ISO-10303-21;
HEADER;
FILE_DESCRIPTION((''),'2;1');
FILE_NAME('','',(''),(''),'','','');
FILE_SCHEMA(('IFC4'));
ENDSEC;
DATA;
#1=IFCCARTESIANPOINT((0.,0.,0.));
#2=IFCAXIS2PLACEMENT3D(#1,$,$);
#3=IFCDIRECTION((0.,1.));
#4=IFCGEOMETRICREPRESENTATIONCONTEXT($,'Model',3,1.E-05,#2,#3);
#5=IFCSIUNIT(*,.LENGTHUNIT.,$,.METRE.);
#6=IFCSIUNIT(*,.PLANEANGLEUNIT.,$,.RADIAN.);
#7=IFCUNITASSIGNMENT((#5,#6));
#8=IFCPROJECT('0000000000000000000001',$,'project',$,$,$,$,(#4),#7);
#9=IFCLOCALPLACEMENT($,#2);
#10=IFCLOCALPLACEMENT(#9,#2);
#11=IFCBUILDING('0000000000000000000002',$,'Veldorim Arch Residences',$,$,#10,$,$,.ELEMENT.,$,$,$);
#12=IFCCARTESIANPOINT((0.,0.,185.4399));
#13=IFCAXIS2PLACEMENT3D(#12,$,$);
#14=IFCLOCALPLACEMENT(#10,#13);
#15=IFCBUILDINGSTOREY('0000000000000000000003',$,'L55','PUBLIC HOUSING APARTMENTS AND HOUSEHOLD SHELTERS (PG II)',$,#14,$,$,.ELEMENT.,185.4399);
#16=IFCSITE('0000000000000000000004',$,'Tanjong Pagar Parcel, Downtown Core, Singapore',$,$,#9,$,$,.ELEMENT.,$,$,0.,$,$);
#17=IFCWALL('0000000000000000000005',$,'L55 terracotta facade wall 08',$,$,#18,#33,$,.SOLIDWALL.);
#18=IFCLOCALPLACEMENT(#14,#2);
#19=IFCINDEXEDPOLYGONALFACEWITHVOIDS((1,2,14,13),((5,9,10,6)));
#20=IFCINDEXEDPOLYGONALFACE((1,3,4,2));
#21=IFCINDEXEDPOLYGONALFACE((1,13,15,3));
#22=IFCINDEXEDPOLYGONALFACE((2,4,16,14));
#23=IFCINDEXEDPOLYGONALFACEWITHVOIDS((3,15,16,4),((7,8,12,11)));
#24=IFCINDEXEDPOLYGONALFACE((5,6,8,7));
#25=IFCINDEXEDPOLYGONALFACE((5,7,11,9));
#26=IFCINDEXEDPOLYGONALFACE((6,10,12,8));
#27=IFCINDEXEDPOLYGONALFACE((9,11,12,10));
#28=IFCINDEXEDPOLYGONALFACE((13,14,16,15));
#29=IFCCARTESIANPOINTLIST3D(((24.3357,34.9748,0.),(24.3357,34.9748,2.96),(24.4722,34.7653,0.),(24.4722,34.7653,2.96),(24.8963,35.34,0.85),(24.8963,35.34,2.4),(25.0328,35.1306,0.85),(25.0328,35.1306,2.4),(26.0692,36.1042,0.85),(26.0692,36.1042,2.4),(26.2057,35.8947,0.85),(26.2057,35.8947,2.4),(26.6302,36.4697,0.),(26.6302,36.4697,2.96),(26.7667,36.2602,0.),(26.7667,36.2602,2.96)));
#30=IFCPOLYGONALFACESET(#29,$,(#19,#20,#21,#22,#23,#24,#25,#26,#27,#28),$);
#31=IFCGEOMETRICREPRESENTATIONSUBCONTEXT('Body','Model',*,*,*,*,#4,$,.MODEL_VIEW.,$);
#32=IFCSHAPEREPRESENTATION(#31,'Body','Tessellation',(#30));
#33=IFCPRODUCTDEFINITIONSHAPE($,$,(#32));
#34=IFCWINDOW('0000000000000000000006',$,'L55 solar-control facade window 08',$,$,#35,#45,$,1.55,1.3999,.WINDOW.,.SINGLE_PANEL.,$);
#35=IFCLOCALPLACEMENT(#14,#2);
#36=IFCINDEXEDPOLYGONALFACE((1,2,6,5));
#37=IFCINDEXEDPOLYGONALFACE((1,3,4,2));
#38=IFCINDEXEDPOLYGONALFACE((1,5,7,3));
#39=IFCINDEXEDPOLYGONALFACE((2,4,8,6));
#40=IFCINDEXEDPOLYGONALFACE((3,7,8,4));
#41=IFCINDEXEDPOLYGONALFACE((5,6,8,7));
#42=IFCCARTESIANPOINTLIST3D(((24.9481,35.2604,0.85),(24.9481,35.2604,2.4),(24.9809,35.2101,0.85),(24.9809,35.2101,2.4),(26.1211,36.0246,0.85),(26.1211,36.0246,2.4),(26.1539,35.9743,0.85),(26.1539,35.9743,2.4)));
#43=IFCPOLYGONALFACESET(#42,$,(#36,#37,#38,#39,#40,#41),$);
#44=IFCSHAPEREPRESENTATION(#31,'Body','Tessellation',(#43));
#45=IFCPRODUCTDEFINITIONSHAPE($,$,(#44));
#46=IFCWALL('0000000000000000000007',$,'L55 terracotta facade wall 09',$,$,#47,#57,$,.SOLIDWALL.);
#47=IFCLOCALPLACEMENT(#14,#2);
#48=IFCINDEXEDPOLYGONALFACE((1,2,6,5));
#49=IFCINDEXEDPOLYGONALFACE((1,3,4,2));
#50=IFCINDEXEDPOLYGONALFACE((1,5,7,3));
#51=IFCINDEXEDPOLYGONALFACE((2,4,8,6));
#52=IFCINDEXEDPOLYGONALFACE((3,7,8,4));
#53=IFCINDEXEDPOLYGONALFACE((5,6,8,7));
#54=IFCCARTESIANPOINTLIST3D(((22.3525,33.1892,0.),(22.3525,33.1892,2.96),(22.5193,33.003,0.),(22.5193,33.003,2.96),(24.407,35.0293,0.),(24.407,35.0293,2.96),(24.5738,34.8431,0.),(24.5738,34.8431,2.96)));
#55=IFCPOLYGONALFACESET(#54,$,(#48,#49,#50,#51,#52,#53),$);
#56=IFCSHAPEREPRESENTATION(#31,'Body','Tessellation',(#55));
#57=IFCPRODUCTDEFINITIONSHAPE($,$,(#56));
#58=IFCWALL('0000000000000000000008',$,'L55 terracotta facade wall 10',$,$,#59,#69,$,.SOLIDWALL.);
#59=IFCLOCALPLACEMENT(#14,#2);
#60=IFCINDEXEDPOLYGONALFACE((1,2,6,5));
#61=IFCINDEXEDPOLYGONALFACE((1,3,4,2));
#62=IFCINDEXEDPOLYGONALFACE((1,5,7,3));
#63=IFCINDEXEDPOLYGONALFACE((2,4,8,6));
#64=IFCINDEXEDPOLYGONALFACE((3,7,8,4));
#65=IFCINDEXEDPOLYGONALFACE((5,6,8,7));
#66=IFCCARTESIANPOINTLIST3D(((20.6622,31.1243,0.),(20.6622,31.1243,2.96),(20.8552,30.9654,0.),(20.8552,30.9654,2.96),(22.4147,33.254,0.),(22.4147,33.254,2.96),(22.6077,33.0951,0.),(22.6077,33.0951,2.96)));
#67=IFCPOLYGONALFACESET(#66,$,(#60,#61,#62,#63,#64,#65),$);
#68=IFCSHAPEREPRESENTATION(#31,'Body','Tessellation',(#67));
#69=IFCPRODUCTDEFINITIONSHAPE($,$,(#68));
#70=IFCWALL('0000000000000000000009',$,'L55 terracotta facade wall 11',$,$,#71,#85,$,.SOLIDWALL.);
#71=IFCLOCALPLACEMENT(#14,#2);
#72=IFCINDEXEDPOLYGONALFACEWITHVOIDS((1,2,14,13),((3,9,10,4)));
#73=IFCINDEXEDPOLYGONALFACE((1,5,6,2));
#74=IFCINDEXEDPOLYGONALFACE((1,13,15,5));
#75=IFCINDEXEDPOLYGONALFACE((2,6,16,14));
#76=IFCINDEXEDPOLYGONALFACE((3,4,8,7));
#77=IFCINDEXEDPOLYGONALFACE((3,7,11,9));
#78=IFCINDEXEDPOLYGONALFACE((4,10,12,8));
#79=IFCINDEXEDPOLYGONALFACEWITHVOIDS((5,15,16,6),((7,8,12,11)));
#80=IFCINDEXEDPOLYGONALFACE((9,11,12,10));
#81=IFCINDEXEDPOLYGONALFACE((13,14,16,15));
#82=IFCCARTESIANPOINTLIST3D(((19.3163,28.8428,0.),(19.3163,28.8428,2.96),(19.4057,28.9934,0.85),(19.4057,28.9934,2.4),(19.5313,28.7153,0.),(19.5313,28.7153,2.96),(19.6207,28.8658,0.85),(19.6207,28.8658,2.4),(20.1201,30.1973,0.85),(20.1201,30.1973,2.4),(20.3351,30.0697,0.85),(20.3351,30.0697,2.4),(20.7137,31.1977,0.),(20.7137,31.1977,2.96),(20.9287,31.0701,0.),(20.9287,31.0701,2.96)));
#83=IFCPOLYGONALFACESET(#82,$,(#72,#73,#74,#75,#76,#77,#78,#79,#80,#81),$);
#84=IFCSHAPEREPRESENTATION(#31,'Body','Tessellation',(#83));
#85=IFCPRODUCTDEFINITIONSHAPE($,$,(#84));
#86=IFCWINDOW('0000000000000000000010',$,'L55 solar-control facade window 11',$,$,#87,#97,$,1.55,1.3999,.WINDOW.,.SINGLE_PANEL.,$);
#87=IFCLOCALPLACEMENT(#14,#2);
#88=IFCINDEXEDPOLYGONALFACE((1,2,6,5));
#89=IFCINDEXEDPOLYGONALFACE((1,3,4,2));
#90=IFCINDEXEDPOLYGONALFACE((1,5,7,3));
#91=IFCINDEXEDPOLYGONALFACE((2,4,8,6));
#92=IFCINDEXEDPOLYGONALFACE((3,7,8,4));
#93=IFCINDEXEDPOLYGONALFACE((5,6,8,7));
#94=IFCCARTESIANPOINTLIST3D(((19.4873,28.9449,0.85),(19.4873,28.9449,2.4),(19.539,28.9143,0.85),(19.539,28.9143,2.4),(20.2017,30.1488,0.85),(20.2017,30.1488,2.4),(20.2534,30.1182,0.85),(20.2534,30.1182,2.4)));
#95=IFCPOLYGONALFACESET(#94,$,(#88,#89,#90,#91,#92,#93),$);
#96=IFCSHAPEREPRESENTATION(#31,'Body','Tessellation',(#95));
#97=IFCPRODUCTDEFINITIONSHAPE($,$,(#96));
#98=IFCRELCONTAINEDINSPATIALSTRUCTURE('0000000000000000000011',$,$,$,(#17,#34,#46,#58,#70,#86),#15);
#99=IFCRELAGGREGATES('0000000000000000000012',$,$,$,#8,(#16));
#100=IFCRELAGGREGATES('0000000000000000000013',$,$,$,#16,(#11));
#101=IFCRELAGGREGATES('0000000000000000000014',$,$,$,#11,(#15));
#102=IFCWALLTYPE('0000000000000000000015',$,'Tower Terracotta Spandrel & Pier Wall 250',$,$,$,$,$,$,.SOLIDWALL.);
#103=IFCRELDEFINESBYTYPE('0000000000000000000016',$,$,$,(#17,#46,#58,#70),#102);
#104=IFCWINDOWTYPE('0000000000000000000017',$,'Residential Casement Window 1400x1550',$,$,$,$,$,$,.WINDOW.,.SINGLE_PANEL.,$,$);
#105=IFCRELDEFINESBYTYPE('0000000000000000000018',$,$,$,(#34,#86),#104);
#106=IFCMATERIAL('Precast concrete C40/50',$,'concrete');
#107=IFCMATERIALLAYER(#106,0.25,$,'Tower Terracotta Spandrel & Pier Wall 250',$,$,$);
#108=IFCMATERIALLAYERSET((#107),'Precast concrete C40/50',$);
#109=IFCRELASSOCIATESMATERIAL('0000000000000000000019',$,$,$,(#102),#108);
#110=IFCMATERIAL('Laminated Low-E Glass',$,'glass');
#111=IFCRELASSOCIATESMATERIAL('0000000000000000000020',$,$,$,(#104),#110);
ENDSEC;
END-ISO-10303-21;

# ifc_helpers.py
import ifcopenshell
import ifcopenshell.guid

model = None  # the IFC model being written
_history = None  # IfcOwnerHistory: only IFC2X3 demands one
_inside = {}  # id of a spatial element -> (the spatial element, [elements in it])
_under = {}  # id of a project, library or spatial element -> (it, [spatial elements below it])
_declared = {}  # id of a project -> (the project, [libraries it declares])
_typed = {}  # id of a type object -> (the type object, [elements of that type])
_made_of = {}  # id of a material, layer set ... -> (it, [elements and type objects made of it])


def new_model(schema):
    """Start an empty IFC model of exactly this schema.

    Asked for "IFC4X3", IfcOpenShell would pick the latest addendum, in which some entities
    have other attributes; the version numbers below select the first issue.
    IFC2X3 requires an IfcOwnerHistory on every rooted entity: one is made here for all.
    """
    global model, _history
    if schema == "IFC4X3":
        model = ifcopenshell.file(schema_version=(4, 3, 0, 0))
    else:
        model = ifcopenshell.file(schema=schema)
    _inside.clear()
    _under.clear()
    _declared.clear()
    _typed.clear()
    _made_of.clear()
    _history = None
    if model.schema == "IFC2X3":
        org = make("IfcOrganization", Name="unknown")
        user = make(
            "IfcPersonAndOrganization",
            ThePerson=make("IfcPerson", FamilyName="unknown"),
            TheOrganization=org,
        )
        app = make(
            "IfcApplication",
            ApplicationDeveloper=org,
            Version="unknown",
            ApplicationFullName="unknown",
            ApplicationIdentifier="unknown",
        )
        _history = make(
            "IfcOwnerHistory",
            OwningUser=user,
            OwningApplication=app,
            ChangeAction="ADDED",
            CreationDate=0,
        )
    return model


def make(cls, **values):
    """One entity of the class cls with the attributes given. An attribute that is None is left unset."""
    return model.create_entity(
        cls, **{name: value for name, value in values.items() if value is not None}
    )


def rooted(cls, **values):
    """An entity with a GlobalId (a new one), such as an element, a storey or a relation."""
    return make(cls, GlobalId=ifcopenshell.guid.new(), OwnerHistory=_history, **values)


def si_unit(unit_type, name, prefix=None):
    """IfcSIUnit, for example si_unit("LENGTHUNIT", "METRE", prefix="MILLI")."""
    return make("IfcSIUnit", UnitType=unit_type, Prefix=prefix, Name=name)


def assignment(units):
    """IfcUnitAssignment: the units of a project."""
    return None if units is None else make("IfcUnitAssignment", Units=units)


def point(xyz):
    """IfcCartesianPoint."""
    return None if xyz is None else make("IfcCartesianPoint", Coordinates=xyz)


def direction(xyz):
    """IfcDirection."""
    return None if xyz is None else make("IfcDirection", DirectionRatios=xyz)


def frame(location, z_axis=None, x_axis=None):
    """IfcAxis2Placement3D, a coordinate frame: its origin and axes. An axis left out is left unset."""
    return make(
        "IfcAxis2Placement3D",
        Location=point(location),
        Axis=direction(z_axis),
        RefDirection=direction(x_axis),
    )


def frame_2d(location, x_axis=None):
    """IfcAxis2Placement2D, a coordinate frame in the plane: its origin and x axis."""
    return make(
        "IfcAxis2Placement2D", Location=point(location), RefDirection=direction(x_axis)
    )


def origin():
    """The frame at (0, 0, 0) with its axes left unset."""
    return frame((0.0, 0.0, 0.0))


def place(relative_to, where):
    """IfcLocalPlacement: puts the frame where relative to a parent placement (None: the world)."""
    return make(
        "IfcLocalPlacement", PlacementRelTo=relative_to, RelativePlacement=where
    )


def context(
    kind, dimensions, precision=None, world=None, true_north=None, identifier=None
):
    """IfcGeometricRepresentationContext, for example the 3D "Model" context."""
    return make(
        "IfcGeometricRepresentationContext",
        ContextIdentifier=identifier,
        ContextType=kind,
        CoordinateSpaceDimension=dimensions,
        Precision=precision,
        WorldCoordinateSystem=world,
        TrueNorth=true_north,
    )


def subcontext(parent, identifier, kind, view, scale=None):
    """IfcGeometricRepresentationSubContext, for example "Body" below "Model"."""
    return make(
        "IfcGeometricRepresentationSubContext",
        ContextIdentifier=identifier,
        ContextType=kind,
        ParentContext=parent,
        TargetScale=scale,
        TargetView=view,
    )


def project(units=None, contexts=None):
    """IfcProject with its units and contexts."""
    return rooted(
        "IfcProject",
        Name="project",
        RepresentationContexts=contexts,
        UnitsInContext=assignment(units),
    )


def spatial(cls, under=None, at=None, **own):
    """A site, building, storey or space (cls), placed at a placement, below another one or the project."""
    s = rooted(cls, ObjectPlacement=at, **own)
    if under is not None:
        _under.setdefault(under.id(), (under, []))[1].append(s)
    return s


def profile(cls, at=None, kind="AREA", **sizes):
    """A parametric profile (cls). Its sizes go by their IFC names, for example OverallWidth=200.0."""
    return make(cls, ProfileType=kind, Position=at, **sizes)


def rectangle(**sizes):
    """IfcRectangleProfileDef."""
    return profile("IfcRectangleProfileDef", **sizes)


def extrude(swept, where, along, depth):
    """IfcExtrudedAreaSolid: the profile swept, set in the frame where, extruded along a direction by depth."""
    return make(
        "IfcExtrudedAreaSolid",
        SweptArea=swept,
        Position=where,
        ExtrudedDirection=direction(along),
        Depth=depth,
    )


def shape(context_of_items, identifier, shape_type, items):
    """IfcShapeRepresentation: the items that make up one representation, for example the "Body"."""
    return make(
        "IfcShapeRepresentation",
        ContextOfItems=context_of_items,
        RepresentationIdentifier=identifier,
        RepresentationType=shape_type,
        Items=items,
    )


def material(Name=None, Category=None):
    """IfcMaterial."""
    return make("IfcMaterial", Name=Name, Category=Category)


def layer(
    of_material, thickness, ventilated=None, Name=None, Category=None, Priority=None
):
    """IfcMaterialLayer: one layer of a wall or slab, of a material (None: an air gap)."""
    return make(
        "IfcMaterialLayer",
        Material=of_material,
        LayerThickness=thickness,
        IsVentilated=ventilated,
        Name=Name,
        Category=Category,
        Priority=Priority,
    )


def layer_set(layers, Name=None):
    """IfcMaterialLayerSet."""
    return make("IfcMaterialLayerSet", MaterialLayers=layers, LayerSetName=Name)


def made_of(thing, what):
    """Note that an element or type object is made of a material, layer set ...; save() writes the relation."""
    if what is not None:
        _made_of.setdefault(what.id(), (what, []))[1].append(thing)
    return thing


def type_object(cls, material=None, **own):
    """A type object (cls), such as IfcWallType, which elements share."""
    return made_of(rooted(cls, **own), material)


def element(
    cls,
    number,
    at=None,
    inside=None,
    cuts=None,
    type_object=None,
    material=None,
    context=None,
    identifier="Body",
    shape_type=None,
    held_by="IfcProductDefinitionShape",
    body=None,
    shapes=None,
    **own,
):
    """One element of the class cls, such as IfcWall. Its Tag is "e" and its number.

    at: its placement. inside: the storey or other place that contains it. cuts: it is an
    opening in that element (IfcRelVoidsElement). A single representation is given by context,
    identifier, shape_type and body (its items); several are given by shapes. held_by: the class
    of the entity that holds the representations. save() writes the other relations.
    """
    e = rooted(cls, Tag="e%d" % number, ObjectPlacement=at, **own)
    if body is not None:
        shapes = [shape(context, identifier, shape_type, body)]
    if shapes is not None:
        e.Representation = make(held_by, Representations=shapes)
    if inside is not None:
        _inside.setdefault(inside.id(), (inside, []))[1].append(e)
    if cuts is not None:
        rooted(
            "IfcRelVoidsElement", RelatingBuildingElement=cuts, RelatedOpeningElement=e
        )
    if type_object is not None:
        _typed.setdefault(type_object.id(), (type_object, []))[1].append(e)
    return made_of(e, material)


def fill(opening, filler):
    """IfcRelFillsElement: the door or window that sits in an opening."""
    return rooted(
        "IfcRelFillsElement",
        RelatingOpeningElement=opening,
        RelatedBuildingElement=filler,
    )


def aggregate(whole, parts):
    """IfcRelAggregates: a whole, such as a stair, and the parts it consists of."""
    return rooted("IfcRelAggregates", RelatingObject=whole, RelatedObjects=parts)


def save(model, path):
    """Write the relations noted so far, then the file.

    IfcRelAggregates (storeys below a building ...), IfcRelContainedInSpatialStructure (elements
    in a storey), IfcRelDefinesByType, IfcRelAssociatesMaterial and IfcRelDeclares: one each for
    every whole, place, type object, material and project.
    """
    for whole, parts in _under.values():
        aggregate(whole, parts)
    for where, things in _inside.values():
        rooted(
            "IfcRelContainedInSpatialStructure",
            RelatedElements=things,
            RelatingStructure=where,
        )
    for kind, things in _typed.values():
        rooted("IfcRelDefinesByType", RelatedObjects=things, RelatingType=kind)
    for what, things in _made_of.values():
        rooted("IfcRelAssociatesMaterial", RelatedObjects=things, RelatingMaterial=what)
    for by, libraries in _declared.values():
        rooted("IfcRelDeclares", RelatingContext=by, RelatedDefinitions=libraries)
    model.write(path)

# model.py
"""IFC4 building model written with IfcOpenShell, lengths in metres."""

from ifc_helpers import new_model, si_unit, direction, frame, frame_2d, origin, place, context, subcontext, project, spatial, rectangle, extrude, material, layer, layer_set, type_object, element, fill, save


model = new_model("IFC4")

# Units and contexts
model_context = context("Model", 3, precision=1e-05, world=origin(), true_north=direction((0.0, 1.0)))
body_context = subcontext(model_context, "Body", "Model", "MODEL_VIEW")
ifc_project = project(units=[si_unit("LENGTHUNIT", "METRE"), si_unit("PLANEANGLEUNIT", "RADIAN")], contexts=[model_context])

# Site, building, storey
site_placement = place(None, origin())
site = spatial("IfcSite", under=ifc_project, at=site_placement, Name="Tanjong Pagar Parcel, Downtown Core, Singapore", CompositionType="ELEMENT", RefElevation=0.0)
building_placement = place(site_placement, origin())
building = spatial("IfcBuilding", under=site, at=building_placement, Name="Veldorim Arch Residences", CompositionType="ELEMENT")
storey_placement = place(building_placement, frame((0.0, 0.0, 185.4399)))
storey = spatial("IfcBuildingStorey", under=building, at=storey_placement, Name="L55", Description="PUBLIC HOUSING APARTMENTS AND HOUSEHOLD SHELTERS (PG II)", CompositionType="ELEMENT", Elevation=185.4399)

# Wall, opening, window
ifc_material_1 = material(Name="Precast concrete C40/50", Category="concrete")
ifc_layer_1 = layer(ifc_material_1, 0.25, Name="Tower Terracotta Spandrel & Pier Wall 250")
ifc_layer_set_1 = layer_set([ifc_layer_1], Name="Precast concrete C40/50")
wall_type_1 = type_object("IfcWallType", Name="Tower Terracotta Spandrel & Pier Wall 250", PredefinedType="SOLIDWALL", material=ifc_layer_set_1)
wall_1_placement = place(storey_placement, frame((24.4041, 34.8701, 0.0), z_axis=(0.0, 0.0, 1.0), x_axis=(0.837861, 0.545884, 0.0)))
wall_1 = element("IfcWall", 1, at=wall_1_placement, inside=storey, type_object=wall_type_1, Name="L55 terracotta facade wall 08", PredefinedType="SOLIDWALL", context=body_context, shape_type="SweptSolid", body=[
    extrude(rectangle(XDim=2.7385, YDim=0.25, at=frame_2d((1.3691, 0.0))), origin(), (0.0, 0.0, 1.0), 2.96),
])
opening_1_placement = place(wall_1_placement, frame((0.6689, 0.0, 0.8501)))
opening_1 = element("IfcOpeningElement", 2, at=opening_1_placement, cuts=wall_1, PredefinedType="OPENING", context=body_context, shape_type="SweptSolid", body=[
    extrude(rectangle(XDim=1.3999, YDim=1.55, at=frame_2d((0.7, 0.7749))), frame((0.0, 0.135, 0.0), z_axis=(0.0, -1.0, 0.0), x_axis=(1.0, 0.0, 0.0)), (0.0, 0.0, 1.0), 0.27),
])
ifc_material_2 = material(Name="Laminated Low-E Glass", Category="glass")
window_type_1 = type_object("IfcWindowType", Name="Residential Casement Window 1400x1550", PartitioningType="SINGLE_PANEL", PredefinedType="WINDOW", material=ifc_material_2)
window_1_placement = place(opening_1_placement, origin())
window_1 = element("IfcWindow", 3, at=window_1_placement, inside=storey, type_object=window_type_1, Name="L55 solar-control facade window 08", OverallHeight=1.55, OverallWidth=1.3999, PartitioningType="SINGLE_PANEL", PredefinedType="WINDOW", context=body_context, shape_type="SweptSolid", body=[
    extrude(rectangle(XDim=1.3999, YDim=1.55, at=frame_2d((0.7, 0.7749))), frame((0.0, 0.03, 0.0), z_axis=(0.0, -1.0, 0.0), x_axis=(1.0, 0.0, 0.0)), (0.0, 0.0, 1.0), 0.0601),
])
fill(opening_1, window_1)

# Walls
for number, where, z_axis, x_axis, name in (
    (4, (22.436, 33.0962, 0.0), (0.0, 0.0, 1.0), (0.744899, 0.667178, 0.0), "L55 terracotta facade wall 09"),
    (5, (20.7588, 31.0449, 0.0), (0.0, 0.0, 1.0), (0.635409, 0.772175, 0.0), "L55 terracotta facade wall 10"),
):
    element("IfcWall", number, at=place(storey_placement, frame(where, z_axis=z_axis, x_axis=x_axis)), inside=storey, type_object=wall_type_1, Name=name, PredefinedType="SOLIDWALL", context=body_context, shape_type="SweptSolid", body=[
        extrude(rectangle(XDim=2.7581, YDim=0.25, at=frame_2d((1.3789, 0.0))), origin(), (0.0, 0.0, 1.0), 2.96),
    ])

# Wall, opening, window
wall_2_placement = place(storey_placement, frame((19.4238, 28.7791, 0.0), z_axis=(0.0, 0.0, 1.0), x_axis=(0.51032, 0.859984, 0.0)))
wall_2 = element("IfcWall", 6, at=wall_2_placement, inside=storey, type_object=wall_type_1, Name="L55 terracotta facade wall 11", PredefinedType="SOLIDWALL", context=body_context, shape_type="SweptSolid", body=[
    extrude(rectangle(XDim=2.7383, YDim=0.25, at=frame_2d((1.3691, 0.0))), origin(), (0.0, 0.0, 1.0), 2.96),
])
opening_2_placement = place(wall_2_placement, frame((0.175, 0.0, 0.8501)))
opening_2 = element("IfcOpeningElement", 7, at=opening_2_placement, cuts=wall_2, PredefinedType="OPENING", context=body_context, shape_type="SweptSolid", body=[
    extrude(rectangle(XDim=1.3999, YDim=1.55, at=frame_2d((0.7, 0.7749))), frame((0.0, 0.135, 0.0), z_axis=(0.0, -1.0, 0.0), x_axis=(1.0, 0.0, 0.0)), (0.0, 0.0, 1.0), 0.27),
])
window_2_placement = place(opening_2_placement, origin())
window_2 = element("IfcWindow", 8, at=window_2_placement, inside=storey, type_object=window_type_1, Name="L55 solar-control facade window 11", OverallHeight=1.55, OverallWidth=1.3999, PartitioningType="SINGLE_PANEL", PredefinedType="WINDOW", context=body_context, shape_type="SweptSolid", body=[
    extrude(rectangle(XDim=1.3999, YDim=1.55, at=frame_2d((0.7, 0.7749))), frame((0.0, 0.03, 0.0), z_axis=(0.0, -1.0, 0.0), x_axis=(1.0, 0.0, 0.0)), (0.0, 0.0, 1.0), 0.0601),
])
fill(opening_2, window_2)

save(model, "model.ifc")
